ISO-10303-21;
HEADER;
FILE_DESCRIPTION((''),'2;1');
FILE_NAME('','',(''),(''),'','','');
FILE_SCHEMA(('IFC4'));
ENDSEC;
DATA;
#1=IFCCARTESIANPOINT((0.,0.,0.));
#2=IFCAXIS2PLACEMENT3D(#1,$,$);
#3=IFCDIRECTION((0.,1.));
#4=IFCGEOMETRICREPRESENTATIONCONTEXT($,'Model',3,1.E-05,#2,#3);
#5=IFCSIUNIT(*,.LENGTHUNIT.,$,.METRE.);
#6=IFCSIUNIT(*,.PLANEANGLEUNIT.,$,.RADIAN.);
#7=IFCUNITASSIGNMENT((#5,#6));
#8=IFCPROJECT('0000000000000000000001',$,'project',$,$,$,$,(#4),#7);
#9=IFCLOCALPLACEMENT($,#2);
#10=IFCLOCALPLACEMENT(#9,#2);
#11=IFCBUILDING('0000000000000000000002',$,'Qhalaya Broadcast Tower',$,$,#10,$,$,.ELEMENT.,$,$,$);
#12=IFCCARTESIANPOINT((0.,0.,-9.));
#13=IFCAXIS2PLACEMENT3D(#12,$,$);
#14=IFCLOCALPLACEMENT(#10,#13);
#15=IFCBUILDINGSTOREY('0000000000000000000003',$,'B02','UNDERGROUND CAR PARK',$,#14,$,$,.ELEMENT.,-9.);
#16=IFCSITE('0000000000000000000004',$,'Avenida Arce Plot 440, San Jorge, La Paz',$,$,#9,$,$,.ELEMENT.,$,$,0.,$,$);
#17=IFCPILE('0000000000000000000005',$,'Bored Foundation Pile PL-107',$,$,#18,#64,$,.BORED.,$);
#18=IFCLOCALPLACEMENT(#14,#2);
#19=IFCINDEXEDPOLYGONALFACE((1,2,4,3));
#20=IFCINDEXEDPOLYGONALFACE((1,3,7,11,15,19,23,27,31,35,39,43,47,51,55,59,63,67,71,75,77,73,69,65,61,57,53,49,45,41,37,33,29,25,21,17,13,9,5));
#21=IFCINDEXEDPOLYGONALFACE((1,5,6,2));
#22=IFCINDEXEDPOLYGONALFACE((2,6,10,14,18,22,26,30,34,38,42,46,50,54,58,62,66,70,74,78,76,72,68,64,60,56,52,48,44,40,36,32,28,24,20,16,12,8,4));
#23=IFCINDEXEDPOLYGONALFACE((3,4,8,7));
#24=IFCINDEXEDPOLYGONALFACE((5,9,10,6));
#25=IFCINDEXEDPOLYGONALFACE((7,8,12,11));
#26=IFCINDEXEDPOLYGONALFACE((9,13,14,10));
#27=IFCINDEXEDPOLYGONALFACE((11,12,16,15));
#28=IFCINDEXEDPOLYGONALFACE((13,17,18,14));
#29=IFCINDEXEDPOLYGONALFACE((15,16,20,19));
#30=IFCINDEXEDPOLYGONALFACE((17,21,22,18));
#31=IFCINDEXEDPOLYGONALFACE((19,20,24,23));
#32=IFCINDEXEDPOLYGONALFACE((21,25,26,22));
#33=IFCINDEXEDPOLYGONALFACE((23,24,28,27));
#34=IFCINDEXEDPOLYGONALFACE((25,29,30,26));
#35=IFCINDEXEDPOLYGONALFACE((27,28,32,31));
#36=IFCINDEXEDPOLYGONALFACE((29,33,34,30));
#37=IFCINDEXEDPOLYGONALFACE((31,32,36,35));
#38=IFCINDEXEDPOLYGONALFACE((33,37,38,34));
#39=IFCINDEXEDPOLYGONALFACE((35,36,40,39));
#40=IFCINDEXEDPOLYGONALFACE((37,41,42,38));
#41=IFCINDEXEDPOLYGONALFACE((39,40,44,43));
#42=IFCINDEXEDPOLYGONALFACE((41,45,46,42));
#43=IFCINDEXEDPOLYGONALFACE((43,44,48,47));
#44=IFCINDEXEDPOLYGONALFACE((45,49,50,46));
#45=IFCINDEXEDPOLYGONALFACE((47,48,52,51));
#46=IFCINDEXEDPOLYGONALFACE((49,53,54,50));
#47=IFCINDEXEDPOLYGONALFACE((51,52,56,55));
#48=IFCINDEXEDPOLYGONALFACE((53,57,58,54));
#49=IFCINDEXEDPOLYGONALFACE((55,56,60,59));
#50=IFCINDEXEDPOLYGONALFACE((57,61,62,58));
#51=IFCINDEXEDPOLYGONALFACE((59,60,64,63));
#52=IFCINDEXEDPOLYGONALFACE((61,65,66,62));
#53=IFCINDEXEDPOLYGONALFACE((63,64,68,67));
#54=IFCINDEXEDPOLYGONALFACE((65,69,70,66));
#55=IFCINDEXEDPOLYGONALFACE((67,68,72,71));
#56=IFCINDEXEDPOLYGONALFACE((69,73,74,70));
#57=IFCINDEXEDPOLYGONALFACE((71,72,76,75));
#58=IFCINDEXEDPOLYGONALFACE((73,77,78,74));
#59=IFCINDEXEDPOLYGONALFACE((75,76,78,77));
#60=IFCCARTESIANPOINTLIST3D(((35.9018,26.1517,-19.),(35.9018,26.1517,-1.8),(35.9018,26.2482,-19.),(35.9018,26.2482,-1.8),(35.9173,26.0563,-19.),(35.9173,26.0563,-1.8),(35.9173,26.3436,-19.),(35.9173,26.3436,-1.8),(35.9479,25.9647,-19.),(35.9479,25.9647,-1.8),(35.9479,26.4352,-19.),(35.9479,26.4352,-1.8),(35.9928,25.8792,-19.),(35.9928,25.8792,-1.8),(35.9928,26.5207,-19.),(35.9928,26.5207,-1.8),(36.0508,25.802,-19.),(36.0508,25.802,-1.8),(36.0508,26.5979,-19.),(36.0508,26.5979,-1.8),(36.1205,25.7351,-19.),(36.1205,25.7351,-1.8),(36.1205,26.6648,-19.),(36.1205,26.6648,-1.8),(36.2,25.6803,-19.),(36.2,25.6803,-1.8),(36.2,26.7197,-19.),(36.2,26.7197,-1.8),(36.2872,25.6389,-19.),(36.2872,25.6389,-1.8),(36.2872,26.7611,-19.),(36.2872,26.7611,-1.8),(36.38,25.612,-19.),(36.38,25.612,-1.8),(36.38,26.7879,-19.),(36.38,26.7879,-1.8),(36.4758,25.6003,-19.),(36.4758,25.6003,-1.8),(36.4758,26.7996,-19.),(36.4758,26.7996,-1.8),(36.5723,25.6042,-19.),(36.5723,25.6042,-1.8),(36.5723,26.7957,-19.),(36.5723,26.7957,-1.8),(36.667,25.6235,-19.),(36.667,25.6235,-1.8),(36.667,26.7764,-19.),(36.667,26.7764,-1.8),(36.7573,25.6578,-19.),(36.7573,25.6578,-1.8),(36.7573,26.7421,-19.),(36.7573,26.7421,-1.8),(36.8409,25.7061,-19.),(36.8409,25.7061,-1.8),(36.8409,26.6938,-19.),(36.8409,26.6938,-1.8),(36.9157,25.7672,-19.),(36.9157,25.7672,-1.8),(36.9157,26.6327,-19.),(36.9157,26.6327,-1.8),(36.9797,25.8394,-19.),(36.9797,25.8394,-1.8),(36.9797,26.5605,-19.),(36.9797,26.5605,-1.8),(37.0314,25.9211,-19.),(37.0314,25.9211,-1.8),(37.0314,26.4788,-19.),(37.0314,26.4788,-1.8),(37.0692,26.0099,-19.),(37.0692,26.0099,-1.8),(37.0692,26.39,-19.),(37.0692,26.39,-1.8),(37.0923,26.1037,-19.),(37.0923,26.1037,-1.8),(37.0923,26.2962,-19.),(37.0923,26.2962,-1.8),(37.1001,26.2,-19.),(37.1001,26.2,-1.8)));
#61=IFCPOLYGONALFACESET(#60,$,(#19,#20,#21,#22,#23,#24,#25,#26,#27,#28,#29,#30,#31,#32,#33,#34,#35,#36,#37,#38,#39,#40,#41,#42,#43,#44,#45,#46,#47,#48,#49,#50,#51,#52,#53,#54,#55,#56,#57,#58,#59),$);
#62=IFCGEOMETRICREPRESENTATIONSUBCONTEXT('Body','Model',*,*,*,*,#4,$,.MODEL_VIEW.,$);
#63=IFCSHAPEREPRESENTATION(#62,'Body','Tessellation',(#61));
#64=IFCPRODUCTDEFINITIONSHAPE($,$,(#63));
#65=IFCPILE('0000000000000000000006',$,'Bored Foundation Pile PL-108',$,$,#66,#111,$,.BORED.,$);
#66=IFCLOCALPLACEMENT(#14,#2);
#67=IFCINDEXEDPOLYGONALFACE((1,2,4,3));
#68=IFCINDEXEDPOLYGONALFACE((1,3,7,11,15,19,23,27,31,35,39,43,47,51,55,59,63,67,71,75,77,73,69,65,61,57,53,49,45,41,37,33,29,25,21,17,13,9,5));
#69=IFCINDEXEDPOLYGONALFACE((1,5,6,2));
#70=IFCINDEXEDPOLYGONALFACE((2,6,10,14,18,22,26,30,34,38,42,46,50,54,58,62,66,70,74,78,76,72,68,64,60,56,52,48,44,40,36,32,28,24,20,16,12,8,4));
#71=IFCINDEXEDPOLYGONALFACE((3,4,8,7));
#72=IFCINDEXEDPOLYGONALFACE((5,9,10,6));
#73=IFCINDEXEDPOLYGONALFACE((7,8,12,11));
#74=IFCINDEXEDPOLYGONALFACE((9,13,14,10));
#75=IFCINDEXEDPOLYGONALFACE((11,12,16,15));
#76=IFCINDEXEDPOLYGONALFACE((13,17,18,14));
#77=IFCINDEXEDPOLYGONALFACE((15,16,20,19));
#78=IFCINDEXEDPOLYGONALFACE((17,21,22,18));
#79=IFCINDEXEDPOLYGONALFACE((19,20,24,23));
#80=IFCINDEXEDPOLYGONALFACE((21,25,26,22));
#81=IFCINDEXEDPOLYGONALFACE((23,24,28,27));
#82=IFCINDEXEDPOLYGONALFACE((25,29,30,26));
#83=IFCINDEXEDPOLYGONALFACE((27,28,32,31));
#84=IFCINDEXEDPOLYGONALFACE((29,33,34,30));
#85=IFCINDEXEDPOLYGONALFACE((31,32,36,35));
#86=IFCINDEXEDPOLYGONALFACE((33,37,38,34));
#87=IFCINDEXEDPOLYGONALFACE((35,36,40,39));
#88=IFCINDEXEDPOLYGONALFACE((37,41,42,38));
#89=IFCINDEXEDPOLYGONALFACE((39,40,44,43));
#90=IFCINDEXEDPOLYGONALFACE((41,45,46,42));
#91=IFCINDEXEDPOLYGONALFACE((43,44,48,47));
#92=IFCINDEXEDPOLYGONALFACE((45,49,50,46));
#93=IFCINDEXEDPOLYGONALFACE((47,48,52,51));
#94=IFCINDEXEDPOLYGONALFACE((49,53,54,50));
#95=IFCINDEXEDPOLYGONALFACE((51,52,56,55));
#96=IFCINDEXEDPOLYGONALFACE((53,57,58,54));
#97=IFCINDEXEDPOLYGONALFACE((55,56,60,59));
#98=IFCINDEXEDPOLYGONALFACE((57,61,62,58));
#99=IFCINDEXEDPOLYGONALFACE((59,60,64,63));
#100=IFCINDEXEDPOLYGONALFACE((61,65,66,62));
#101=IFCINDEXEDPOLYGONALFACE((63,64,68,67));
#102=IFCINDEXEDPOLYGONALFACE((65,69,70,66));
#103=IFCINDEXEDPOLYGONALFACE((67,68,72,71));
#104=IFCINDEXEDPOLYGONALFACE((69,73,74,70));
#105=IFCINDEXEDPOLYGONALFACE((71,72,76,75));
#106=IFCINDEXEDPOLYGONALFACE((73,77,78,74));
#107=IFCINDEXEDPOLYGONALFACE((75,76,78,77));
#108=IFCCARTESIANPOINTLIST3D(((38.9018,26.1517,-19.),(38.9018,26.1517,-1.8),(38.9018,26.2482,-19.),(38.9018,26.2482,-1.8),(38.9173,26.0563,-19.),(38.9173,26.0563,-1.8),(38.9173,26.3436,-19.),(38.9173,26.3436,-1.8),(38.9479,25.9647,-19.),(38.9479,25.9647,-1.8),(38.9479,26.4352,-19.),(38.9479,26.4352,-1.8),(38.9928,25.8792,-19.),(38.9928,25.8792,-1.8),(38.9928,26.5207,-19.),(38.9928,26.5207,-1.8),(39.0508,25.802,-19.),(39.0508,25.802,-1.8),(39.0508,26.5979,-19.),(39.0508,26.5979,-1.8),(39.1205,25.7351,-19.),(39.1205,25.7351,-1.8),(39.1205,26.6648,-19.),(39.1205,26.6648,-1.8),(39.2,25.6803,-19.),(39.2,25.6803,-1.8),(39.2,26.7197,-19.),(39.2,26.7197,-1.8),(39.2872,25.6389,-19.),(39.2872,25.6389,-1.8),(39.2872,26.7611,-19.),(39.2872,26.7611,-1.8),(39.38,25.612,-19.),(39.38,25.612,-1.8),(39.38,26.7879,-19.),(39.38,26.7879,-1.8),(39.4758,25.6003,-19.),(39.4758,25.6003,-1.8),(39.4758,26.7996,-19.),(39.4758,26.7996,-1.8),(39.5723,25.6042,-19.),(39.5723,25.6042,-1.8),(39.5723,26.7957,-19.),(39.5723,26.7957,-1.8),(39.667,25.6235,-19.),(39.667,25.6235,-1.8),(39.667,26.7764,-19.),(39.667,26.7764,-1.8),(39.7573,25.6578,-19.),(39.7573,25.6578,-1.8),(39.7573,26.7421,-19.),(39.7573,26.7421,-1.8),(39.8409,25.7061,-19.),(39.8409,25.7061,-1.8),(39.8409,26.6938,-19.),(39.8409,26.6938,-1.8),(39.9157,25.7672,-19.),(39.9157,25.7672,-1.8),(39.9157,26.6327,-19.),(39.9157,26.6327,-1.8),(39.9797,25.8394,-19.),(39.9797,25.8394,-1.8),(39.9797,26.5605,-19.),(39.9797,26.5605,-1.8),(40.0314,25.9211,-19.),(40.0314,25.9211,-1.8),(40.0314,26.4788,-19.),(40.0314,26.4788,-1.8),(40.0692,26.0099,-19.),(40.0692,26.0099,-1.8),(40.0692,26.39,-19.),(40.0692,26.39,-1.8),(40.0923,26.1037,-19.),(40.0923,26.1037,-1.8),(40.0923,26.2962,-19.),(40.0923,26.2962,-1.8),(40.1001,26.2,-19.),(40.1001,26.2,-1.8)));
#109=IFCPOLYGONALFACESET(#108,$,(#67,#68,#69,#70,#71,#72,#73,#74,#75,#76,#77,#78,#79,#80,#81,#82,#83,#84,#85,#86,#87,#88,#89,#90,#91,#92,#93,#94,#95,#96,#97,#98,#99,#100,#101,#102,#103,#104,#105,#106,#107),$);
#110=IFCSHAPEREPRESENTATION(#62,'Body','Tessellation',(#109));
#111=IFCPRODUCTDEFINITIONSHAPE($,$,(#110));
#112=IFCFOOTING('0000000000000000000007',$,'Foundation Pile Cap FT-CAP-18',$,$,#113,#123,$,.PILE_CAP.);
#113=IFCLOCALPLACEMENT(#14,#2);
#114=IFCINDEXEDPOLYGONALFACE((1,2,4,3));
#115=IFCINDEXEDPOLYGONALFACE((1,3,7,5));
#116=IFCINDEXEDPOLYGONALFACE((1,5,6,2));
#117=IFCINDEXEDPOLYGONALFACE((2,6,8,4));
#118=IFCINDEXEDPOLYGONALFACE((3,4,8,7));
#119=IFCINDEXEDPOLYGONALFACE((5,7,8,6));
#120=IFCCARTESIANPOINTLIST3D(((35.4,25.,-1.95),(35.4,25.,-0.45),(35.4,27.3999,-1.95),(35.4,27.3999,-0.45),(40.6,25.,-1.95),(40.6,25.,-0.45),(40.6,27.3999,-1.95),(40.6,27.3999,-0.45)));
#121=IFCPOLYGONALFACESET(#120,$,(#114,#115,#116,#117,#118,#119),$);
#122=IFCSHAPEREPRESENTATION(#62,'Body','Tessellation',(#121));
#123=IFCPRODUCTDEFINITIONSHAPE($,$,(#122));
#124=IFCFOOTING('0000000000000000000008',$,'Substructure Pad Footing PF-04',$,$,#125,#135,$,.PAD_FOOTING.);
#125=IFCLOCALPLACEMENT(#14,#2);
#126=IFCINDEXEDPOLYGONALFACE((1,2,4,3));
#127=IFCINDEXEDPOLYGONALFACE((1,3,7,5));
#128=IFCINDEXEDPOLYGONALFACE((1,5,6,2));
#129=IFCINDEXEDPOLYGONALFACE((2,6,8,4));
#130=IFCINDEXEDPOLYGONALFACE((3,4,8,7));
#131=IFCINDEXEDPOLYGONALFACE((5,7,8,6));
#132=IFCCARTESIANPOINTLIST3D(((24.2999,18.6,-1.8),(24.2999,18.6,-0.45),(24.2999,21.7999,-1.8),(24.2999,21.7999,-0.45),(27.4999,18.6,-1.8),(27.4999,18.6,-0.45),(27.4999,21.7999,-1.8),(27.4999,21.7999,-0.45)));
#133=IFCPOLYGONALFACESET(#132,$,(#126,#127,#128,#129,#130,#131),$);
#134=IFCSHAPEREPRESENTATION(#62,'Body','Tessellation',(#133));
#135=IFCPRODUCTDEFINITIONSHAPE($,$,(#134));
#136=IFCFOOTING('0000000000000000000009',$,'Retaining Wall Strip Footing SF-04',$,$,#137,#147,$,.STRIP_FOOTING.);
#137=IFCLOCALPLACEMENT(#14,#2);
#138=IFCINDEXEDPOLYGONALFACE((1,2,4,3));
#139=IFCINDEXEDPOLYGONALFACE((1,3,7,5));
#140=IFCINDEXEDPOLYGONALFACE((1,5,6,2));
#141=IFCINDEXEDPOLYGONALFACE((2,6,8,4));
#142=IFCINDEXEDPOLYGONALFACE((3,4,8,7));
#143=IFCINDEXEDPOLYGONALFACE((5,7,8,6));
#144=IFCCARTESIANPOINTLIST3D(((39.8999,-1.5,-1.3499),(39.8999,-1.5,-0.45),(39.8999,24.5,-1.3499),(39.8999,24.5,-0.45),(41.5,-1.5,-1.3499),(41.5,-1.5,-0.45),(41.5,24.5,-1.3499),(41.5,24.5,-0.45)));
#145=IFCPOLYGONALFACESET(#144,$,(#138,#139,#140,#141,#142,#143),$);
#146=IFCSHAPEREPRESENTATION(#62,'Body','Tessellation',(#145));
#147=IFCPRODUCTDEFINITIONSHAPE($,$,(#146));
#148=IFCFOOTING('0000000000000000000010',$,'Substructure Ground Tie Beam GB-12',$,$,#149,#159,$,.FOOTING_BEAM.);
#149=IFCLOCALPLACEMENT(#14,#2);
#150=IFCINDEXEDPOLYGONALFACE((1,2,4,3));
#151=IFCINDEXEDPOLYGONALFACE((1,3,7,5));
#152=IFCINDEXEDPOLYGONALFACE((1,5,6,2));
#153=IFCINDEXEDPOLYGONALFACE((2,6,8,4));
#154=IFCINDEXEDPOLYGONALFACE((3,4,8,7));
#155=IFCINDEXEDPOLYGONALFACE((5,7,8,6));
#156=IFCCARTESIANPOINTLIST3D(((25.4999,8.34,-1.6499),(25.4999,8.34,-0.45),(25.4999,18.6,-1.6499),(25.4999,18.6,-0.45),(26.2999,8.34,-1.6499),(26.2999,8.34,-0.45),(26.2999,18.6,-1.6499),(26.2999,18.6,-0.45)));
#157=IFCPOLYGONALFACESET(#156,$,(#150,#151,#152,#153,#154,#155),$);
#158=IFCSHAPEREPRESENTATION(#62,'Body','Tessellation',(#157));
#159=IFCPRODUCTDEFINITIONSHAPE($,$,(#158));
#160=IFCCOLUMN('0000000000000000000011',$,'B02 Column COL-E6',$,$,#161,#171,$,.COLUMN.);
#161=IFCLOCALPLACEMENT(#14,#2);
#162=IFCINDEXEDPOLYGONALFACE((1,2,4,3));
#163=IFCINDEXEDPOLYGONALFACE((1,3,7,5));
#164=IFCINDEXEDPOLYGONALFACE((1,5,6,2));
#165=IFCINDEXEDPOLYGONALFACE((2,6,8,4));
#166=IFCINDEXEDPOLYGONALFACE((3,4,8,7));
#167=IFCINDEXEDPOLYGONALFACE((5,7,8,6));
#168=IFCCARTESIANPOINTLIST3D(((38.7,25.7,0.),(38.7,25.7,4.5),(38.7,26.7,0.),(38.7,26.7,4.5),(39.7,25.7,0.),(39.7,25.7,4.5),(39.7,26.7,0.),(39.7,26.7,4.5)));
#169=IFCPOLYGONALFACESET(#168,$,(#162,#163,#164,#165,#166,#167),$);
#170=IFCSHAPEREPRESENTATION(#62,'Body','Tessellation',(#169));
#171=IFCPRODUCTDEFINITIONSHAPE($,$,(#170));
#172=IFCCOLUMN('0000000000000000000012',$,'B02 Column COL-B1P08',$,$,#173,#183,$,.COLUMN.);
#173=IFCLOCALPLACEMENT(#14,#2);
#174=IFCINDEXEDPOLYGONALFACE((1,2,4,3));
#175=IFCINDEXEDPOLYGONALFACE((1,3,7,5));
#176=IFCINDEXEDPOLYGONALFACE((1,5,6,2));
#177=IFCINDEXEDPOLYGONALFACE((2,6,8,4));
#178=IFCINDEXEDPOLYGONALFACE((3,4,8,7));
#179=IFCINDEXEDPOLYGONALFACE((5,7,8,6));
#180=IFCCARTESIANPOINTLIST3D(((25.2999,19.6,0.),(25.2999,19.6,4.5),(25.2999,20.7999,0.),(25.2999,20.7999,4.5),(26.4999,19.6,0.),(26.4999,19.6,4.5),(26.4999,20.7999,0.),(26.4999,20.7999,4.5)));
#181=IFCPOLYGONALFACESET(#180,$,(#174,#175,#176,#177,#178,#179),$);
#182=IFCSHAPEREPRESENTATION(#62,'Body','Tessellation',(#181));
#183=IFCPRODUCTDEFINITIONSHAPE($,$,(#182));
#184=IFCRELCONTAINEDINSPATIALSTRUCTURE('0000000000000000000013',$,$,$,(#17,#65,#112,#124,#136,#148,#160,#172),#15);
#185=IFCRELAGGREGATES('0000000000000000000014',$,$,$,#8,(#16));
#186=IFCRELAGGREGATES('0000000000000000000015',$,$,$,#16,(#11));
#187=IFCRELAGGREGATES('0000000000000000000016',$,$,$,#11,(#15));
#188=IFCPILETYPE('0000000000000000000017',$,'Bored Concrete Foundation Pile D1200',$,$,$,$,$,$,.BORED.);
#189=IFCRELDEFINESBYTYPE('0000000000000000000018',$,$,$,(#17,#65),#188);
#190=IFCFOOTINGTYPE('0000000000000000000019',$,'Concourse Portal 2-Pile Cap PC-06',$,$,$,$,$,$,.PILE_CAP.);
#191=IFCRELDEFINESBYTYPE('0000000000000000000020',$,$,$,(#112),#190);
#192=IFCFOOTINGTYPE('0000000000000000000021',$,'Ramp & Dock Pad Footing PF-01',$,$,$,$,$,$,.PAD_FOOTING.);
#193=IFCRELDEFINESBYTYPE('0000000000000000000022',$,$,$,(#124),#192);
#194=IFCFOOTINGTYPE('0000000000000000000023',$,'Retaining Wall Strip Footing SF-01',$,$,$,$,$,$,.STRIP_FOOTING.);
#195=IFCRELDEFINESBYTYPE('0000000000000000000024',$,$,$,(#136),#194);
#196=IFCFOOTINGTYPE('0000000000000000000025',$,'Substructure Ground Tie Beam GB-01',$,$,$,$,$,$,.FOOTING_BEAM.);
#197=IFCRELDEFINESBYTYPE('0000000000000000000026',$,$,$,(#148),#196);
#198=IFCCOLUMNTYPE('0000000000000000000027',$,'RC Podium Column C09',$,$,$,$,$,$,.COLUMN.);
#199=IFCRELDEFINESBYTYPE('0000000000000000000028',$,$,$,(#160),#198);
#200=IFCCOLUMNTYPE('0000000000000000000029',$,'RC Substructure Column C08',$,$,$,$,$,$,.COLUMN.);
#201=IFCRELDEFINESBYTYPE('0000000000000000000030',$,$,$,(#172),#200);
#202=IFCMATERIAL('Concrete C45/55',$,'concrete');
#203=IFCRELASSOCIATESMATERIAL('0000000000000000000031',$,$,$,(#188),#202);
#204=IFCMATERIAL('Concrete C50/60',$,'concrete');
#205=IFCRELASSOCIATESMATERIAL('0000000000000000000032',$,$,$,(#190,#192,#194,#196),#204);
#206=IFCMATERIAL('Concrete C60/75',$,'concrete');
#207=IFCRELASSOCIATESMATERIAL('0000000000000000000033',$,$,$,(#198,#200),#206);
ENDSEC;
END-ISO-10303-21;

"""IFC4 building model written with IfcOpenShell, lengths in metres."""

from ifc_helpers import new_model, si_unit, direction, frame, origin, origin_2d, place, context, subcontext, project, spatial, rectangle, circle, extrude, material, material_profile, profile_set, type_object, element, save


model = new_model("IFC4")

# Units and contexts
model_context = context("Model", 3, precision=1e-05, world=origin(), true_north=direction((0.0, 1.0)))
body_context = subcontext(model_context, "Body", "Model", "MODEL_VIEW")
ifc_project = project(units=[si_unit("LENGTHUNIT", "METRE"), si_unit("PLANEANGLEUNIT", "RADIAN")], contexts=[model_context])

# Site, building, storey
site_placement = place(None, origin())
site = spatial("IfcSite", under=ifc_project, at=site_placement, Name="Avenida Arce Plot 440, San Jorge, La Paz", CompositionType="ELEMENT", RefElevation=0.0)
building_placement = place(site_placement, origin())
building = spatial("IfcBuilding", under=site, at=building_placement, Name="Qhalaya Broadcast Tower", CompositionType="ELEMENT")
storey_placement = place(building_placement, frame((0.0, 0.0, -9.0)))
storey = spatial("IfcBuildingStorey", under=building, at=storey_placement, Name="B02", Description="UNDERGROUND CAR PARK", CompositionType="ELEMENT", Elevation=-9.0)

# Piles
ifc_material_1 = material(Name="Concrete C45/55", Category="concrete")
ifc_material_profile_1 = material_profile(ifc_material_1, circle(Radius=0.6001, at=origin_2d()), Name="PILE D1200")
ifc_profile_set_1 = profile_set([ifc_material_profile_1], Name="Concrete C45/55")
pile_type = type_object("IfcPileType", Name="Bored Concrete Foundation Pile D1200", PredefinedType="BORED", material=ifc_profile_set_1)
for number, where, z_axis, x_axis, name in (
    (1, (36.5, 26.2, -1.8), (0.0, 0.0, -1.0), (1.0, 0.0, 0.0), "Bored Foundation Pile PL-107"),
    (2, (39.5, 26.2, -1.8), (0.0, 0.0, -1.0), (1.0, 0.0, 0.0), "Bored Foundation Pile PL-108"),
):
    element("IfcPile", number, at=place(storey_placement, frame(where, z_axis=z_axis, x_axis=x_axis)), inside=storey, type_object=pile_type, Name=name, PredefinedType="BORED", context=body_context, shape_type="SweptSolid", body=[
        extrude(circle(Radius=0.6001, at=origin_2d()), origin(), (0.0, 0.0, 1.0), 17.2),
    ])

# Footings
ifc_material_2 = material(Name="Concrete C50/60", Category="concrete")
footing_type_1 = type_object("IfcFootingType", Name="Concourse Portal 2-Pile Cap PC-06", PredefinedType="PILE_CAP", material=ifc_material_2)
footing_1_placement = place(storey_placement, frame((38.0, 26.2, -1.95), z_axis=(0.0, 0.0, 1.0), x_axis=(1.0, 0.0, 0.0)))
element("IfcFooting", 3, at=footing_1_placement, inside=storey, type_object=footing_type_1, Name="Foundation Pile Cap FT-CAP-18", PredefinedType="PILE_CAP", context=body_context, shape_type="SweptSolid", body=[
    extrude(rectangle(XDim=5.2, YDim=2.3999, at=origin_2d()), origin(), (0.0, 0.0, 1.0), 1.5),
])
footing_type_2 = type_object("IfcFootingType", Name="Ramp & Dock Pad Footing PF-01", PredefinedType="PAD_FOOTING", material=ifc_material_2)
footing_2_placement = place(storey_placement, frame((25.8999, 20.2, -1.8), z_axis=(0.0, 0.0, 1.0), x_axis=(1.0, 0.0, 0.0)))
element("IfcFooting", 4, at=footing_2_placement, inside=storey, type_object=footing_type_2, Name="Substructure Pad Footing PF-04", PredefinedType="PAD_FOOTING", context=body_context, shape_type="SweptSolid", body=[
    extrude(rectangle(XDim=3.2, YDim=3.2, at=origin_2d()), origin(), (0.0, 0.0, 1.0), 1.3501),
])
footing_type_3 = type_object("IfcFootingType", Name="Retaining Wall Strip Footing SF-01", PredefinedType="STRIP_FOOTING", material=ifc_material_2)
footing_3_placement = place(storey_placement, frame((40.7, 11.5, -1.3499), z_axis=(0.0, 0.0, 1.0), x_axis=(0.0, 1.0, 0.0)))
element("IfcFooting", 5, at=footing_3_placement, inside=storey, type_object=footing_type_3, Name="Retaining Wall Strip Footing SF-04", PredefinedType="STRIP_FOOTING", context=body_context, shape_type="SweptSolid", body=[
    extrude(rectangle(XDim=26.0, YDim=1.6001, at=origin_2d()), origin(), (0.0, 0.0, 1.0), 0.8999),
])
footing_type_4 = type_object("IfcFootingType", Name="Substructure Ground Tie Beam GB-01", PredefinedType="FOOTING_BEAM", material=ifc_material_2)
footing_4_placement = place(storey_placement, frame((25.8999, 13.47, -1.6499), z_axis=(0.0, 0.0, 1.0), x_axis=(0.0, 1.0, 0.0)))
element("IfcFooting", 6, at=footing_4_placement, inside=storey, type_object=footing_type_4, Name="Substructure Ground Tie Beam GB-12", PredefinedType="FOOTING_BEAM", context=body_context, shape_type="SweptSolid", body=[
    extrude(rectangle(XDim=10.26, YDim=0.8, at=origin_2d()), origin(), (0.0, 0.0, 1.0), 1.2),
])

# Columns
ifc_material_3 = material(Name="Concrete C60/75", Category="concrete")
ifc_material_profile_2 = material_profile(ifc_material_3, rectangle(XDim=1.0, YDim=1.0, at=origin_2d()), Name="RC-COL 1000x1000")
ifc_profile_set_2 = profile_set([ifc_material_profile_2], Name="Concrete C60/75")
column_type_1 = type_object("IfcColumnType", Name="RC Podium Column C09", PredefinedType="COLUMN", material=ifc_profile_set_2)
column_1_placement = place(storey_placement, frame((39.2, 26.2, 0.0), z_axis=(0.0, 0.0, 1.0), x_axis=(1.0, 0.0, 0.0)))
element("IfcColumn", 7, at=column_1_placement, inside=storey, type_object=column_type_1, Name="B02 Column COL-E6", PredefinedType="COLUMN", context=body_context, shape_type="SweptSolid", body=[
    extrude(rectangle(XDim=1.0, YDim=1.0, at=origin_2d()), origin(), (0.0, 0.0, 1.0), 4.5),
])
ifc_material_profile_3 = material_profile(ifc_material_3, rectangle(XDim=1.2, YDim=1.2, at=origin_2d()), Name="RC-COL 1200x1200")
ifc_profile_set_3 = profile_set([ifc_material_profile_3], Name="Concrete C60/75")
column_type_2 = type_object("IfcColumnType", Name="RC Substructure Column C08", PredefinedType="COLUMN", material=ifc_profile_set_3)
column_2_placement = place(storey_placement, frame((25.8999, 20.2, 0.0), z_axis=(0.0, 0.0, 1.0), x_axis=(0.0, 1.0, 0.0)))
element("IfcColumn", 8, at=column_2_placement, inside=storey, type_object=column_type_2, Name="B02 Column COL-B1P08", PredefinedType="COLUMN", context=body_context, shape_type="SweptSolid", body=[
    extrude(rectangle(XDim=1.2, YDim=1.2, at=origin_2d()), origin(), (0.0, 0.0, 1.0), 4.5),
])

save(model, "model.ifc")
